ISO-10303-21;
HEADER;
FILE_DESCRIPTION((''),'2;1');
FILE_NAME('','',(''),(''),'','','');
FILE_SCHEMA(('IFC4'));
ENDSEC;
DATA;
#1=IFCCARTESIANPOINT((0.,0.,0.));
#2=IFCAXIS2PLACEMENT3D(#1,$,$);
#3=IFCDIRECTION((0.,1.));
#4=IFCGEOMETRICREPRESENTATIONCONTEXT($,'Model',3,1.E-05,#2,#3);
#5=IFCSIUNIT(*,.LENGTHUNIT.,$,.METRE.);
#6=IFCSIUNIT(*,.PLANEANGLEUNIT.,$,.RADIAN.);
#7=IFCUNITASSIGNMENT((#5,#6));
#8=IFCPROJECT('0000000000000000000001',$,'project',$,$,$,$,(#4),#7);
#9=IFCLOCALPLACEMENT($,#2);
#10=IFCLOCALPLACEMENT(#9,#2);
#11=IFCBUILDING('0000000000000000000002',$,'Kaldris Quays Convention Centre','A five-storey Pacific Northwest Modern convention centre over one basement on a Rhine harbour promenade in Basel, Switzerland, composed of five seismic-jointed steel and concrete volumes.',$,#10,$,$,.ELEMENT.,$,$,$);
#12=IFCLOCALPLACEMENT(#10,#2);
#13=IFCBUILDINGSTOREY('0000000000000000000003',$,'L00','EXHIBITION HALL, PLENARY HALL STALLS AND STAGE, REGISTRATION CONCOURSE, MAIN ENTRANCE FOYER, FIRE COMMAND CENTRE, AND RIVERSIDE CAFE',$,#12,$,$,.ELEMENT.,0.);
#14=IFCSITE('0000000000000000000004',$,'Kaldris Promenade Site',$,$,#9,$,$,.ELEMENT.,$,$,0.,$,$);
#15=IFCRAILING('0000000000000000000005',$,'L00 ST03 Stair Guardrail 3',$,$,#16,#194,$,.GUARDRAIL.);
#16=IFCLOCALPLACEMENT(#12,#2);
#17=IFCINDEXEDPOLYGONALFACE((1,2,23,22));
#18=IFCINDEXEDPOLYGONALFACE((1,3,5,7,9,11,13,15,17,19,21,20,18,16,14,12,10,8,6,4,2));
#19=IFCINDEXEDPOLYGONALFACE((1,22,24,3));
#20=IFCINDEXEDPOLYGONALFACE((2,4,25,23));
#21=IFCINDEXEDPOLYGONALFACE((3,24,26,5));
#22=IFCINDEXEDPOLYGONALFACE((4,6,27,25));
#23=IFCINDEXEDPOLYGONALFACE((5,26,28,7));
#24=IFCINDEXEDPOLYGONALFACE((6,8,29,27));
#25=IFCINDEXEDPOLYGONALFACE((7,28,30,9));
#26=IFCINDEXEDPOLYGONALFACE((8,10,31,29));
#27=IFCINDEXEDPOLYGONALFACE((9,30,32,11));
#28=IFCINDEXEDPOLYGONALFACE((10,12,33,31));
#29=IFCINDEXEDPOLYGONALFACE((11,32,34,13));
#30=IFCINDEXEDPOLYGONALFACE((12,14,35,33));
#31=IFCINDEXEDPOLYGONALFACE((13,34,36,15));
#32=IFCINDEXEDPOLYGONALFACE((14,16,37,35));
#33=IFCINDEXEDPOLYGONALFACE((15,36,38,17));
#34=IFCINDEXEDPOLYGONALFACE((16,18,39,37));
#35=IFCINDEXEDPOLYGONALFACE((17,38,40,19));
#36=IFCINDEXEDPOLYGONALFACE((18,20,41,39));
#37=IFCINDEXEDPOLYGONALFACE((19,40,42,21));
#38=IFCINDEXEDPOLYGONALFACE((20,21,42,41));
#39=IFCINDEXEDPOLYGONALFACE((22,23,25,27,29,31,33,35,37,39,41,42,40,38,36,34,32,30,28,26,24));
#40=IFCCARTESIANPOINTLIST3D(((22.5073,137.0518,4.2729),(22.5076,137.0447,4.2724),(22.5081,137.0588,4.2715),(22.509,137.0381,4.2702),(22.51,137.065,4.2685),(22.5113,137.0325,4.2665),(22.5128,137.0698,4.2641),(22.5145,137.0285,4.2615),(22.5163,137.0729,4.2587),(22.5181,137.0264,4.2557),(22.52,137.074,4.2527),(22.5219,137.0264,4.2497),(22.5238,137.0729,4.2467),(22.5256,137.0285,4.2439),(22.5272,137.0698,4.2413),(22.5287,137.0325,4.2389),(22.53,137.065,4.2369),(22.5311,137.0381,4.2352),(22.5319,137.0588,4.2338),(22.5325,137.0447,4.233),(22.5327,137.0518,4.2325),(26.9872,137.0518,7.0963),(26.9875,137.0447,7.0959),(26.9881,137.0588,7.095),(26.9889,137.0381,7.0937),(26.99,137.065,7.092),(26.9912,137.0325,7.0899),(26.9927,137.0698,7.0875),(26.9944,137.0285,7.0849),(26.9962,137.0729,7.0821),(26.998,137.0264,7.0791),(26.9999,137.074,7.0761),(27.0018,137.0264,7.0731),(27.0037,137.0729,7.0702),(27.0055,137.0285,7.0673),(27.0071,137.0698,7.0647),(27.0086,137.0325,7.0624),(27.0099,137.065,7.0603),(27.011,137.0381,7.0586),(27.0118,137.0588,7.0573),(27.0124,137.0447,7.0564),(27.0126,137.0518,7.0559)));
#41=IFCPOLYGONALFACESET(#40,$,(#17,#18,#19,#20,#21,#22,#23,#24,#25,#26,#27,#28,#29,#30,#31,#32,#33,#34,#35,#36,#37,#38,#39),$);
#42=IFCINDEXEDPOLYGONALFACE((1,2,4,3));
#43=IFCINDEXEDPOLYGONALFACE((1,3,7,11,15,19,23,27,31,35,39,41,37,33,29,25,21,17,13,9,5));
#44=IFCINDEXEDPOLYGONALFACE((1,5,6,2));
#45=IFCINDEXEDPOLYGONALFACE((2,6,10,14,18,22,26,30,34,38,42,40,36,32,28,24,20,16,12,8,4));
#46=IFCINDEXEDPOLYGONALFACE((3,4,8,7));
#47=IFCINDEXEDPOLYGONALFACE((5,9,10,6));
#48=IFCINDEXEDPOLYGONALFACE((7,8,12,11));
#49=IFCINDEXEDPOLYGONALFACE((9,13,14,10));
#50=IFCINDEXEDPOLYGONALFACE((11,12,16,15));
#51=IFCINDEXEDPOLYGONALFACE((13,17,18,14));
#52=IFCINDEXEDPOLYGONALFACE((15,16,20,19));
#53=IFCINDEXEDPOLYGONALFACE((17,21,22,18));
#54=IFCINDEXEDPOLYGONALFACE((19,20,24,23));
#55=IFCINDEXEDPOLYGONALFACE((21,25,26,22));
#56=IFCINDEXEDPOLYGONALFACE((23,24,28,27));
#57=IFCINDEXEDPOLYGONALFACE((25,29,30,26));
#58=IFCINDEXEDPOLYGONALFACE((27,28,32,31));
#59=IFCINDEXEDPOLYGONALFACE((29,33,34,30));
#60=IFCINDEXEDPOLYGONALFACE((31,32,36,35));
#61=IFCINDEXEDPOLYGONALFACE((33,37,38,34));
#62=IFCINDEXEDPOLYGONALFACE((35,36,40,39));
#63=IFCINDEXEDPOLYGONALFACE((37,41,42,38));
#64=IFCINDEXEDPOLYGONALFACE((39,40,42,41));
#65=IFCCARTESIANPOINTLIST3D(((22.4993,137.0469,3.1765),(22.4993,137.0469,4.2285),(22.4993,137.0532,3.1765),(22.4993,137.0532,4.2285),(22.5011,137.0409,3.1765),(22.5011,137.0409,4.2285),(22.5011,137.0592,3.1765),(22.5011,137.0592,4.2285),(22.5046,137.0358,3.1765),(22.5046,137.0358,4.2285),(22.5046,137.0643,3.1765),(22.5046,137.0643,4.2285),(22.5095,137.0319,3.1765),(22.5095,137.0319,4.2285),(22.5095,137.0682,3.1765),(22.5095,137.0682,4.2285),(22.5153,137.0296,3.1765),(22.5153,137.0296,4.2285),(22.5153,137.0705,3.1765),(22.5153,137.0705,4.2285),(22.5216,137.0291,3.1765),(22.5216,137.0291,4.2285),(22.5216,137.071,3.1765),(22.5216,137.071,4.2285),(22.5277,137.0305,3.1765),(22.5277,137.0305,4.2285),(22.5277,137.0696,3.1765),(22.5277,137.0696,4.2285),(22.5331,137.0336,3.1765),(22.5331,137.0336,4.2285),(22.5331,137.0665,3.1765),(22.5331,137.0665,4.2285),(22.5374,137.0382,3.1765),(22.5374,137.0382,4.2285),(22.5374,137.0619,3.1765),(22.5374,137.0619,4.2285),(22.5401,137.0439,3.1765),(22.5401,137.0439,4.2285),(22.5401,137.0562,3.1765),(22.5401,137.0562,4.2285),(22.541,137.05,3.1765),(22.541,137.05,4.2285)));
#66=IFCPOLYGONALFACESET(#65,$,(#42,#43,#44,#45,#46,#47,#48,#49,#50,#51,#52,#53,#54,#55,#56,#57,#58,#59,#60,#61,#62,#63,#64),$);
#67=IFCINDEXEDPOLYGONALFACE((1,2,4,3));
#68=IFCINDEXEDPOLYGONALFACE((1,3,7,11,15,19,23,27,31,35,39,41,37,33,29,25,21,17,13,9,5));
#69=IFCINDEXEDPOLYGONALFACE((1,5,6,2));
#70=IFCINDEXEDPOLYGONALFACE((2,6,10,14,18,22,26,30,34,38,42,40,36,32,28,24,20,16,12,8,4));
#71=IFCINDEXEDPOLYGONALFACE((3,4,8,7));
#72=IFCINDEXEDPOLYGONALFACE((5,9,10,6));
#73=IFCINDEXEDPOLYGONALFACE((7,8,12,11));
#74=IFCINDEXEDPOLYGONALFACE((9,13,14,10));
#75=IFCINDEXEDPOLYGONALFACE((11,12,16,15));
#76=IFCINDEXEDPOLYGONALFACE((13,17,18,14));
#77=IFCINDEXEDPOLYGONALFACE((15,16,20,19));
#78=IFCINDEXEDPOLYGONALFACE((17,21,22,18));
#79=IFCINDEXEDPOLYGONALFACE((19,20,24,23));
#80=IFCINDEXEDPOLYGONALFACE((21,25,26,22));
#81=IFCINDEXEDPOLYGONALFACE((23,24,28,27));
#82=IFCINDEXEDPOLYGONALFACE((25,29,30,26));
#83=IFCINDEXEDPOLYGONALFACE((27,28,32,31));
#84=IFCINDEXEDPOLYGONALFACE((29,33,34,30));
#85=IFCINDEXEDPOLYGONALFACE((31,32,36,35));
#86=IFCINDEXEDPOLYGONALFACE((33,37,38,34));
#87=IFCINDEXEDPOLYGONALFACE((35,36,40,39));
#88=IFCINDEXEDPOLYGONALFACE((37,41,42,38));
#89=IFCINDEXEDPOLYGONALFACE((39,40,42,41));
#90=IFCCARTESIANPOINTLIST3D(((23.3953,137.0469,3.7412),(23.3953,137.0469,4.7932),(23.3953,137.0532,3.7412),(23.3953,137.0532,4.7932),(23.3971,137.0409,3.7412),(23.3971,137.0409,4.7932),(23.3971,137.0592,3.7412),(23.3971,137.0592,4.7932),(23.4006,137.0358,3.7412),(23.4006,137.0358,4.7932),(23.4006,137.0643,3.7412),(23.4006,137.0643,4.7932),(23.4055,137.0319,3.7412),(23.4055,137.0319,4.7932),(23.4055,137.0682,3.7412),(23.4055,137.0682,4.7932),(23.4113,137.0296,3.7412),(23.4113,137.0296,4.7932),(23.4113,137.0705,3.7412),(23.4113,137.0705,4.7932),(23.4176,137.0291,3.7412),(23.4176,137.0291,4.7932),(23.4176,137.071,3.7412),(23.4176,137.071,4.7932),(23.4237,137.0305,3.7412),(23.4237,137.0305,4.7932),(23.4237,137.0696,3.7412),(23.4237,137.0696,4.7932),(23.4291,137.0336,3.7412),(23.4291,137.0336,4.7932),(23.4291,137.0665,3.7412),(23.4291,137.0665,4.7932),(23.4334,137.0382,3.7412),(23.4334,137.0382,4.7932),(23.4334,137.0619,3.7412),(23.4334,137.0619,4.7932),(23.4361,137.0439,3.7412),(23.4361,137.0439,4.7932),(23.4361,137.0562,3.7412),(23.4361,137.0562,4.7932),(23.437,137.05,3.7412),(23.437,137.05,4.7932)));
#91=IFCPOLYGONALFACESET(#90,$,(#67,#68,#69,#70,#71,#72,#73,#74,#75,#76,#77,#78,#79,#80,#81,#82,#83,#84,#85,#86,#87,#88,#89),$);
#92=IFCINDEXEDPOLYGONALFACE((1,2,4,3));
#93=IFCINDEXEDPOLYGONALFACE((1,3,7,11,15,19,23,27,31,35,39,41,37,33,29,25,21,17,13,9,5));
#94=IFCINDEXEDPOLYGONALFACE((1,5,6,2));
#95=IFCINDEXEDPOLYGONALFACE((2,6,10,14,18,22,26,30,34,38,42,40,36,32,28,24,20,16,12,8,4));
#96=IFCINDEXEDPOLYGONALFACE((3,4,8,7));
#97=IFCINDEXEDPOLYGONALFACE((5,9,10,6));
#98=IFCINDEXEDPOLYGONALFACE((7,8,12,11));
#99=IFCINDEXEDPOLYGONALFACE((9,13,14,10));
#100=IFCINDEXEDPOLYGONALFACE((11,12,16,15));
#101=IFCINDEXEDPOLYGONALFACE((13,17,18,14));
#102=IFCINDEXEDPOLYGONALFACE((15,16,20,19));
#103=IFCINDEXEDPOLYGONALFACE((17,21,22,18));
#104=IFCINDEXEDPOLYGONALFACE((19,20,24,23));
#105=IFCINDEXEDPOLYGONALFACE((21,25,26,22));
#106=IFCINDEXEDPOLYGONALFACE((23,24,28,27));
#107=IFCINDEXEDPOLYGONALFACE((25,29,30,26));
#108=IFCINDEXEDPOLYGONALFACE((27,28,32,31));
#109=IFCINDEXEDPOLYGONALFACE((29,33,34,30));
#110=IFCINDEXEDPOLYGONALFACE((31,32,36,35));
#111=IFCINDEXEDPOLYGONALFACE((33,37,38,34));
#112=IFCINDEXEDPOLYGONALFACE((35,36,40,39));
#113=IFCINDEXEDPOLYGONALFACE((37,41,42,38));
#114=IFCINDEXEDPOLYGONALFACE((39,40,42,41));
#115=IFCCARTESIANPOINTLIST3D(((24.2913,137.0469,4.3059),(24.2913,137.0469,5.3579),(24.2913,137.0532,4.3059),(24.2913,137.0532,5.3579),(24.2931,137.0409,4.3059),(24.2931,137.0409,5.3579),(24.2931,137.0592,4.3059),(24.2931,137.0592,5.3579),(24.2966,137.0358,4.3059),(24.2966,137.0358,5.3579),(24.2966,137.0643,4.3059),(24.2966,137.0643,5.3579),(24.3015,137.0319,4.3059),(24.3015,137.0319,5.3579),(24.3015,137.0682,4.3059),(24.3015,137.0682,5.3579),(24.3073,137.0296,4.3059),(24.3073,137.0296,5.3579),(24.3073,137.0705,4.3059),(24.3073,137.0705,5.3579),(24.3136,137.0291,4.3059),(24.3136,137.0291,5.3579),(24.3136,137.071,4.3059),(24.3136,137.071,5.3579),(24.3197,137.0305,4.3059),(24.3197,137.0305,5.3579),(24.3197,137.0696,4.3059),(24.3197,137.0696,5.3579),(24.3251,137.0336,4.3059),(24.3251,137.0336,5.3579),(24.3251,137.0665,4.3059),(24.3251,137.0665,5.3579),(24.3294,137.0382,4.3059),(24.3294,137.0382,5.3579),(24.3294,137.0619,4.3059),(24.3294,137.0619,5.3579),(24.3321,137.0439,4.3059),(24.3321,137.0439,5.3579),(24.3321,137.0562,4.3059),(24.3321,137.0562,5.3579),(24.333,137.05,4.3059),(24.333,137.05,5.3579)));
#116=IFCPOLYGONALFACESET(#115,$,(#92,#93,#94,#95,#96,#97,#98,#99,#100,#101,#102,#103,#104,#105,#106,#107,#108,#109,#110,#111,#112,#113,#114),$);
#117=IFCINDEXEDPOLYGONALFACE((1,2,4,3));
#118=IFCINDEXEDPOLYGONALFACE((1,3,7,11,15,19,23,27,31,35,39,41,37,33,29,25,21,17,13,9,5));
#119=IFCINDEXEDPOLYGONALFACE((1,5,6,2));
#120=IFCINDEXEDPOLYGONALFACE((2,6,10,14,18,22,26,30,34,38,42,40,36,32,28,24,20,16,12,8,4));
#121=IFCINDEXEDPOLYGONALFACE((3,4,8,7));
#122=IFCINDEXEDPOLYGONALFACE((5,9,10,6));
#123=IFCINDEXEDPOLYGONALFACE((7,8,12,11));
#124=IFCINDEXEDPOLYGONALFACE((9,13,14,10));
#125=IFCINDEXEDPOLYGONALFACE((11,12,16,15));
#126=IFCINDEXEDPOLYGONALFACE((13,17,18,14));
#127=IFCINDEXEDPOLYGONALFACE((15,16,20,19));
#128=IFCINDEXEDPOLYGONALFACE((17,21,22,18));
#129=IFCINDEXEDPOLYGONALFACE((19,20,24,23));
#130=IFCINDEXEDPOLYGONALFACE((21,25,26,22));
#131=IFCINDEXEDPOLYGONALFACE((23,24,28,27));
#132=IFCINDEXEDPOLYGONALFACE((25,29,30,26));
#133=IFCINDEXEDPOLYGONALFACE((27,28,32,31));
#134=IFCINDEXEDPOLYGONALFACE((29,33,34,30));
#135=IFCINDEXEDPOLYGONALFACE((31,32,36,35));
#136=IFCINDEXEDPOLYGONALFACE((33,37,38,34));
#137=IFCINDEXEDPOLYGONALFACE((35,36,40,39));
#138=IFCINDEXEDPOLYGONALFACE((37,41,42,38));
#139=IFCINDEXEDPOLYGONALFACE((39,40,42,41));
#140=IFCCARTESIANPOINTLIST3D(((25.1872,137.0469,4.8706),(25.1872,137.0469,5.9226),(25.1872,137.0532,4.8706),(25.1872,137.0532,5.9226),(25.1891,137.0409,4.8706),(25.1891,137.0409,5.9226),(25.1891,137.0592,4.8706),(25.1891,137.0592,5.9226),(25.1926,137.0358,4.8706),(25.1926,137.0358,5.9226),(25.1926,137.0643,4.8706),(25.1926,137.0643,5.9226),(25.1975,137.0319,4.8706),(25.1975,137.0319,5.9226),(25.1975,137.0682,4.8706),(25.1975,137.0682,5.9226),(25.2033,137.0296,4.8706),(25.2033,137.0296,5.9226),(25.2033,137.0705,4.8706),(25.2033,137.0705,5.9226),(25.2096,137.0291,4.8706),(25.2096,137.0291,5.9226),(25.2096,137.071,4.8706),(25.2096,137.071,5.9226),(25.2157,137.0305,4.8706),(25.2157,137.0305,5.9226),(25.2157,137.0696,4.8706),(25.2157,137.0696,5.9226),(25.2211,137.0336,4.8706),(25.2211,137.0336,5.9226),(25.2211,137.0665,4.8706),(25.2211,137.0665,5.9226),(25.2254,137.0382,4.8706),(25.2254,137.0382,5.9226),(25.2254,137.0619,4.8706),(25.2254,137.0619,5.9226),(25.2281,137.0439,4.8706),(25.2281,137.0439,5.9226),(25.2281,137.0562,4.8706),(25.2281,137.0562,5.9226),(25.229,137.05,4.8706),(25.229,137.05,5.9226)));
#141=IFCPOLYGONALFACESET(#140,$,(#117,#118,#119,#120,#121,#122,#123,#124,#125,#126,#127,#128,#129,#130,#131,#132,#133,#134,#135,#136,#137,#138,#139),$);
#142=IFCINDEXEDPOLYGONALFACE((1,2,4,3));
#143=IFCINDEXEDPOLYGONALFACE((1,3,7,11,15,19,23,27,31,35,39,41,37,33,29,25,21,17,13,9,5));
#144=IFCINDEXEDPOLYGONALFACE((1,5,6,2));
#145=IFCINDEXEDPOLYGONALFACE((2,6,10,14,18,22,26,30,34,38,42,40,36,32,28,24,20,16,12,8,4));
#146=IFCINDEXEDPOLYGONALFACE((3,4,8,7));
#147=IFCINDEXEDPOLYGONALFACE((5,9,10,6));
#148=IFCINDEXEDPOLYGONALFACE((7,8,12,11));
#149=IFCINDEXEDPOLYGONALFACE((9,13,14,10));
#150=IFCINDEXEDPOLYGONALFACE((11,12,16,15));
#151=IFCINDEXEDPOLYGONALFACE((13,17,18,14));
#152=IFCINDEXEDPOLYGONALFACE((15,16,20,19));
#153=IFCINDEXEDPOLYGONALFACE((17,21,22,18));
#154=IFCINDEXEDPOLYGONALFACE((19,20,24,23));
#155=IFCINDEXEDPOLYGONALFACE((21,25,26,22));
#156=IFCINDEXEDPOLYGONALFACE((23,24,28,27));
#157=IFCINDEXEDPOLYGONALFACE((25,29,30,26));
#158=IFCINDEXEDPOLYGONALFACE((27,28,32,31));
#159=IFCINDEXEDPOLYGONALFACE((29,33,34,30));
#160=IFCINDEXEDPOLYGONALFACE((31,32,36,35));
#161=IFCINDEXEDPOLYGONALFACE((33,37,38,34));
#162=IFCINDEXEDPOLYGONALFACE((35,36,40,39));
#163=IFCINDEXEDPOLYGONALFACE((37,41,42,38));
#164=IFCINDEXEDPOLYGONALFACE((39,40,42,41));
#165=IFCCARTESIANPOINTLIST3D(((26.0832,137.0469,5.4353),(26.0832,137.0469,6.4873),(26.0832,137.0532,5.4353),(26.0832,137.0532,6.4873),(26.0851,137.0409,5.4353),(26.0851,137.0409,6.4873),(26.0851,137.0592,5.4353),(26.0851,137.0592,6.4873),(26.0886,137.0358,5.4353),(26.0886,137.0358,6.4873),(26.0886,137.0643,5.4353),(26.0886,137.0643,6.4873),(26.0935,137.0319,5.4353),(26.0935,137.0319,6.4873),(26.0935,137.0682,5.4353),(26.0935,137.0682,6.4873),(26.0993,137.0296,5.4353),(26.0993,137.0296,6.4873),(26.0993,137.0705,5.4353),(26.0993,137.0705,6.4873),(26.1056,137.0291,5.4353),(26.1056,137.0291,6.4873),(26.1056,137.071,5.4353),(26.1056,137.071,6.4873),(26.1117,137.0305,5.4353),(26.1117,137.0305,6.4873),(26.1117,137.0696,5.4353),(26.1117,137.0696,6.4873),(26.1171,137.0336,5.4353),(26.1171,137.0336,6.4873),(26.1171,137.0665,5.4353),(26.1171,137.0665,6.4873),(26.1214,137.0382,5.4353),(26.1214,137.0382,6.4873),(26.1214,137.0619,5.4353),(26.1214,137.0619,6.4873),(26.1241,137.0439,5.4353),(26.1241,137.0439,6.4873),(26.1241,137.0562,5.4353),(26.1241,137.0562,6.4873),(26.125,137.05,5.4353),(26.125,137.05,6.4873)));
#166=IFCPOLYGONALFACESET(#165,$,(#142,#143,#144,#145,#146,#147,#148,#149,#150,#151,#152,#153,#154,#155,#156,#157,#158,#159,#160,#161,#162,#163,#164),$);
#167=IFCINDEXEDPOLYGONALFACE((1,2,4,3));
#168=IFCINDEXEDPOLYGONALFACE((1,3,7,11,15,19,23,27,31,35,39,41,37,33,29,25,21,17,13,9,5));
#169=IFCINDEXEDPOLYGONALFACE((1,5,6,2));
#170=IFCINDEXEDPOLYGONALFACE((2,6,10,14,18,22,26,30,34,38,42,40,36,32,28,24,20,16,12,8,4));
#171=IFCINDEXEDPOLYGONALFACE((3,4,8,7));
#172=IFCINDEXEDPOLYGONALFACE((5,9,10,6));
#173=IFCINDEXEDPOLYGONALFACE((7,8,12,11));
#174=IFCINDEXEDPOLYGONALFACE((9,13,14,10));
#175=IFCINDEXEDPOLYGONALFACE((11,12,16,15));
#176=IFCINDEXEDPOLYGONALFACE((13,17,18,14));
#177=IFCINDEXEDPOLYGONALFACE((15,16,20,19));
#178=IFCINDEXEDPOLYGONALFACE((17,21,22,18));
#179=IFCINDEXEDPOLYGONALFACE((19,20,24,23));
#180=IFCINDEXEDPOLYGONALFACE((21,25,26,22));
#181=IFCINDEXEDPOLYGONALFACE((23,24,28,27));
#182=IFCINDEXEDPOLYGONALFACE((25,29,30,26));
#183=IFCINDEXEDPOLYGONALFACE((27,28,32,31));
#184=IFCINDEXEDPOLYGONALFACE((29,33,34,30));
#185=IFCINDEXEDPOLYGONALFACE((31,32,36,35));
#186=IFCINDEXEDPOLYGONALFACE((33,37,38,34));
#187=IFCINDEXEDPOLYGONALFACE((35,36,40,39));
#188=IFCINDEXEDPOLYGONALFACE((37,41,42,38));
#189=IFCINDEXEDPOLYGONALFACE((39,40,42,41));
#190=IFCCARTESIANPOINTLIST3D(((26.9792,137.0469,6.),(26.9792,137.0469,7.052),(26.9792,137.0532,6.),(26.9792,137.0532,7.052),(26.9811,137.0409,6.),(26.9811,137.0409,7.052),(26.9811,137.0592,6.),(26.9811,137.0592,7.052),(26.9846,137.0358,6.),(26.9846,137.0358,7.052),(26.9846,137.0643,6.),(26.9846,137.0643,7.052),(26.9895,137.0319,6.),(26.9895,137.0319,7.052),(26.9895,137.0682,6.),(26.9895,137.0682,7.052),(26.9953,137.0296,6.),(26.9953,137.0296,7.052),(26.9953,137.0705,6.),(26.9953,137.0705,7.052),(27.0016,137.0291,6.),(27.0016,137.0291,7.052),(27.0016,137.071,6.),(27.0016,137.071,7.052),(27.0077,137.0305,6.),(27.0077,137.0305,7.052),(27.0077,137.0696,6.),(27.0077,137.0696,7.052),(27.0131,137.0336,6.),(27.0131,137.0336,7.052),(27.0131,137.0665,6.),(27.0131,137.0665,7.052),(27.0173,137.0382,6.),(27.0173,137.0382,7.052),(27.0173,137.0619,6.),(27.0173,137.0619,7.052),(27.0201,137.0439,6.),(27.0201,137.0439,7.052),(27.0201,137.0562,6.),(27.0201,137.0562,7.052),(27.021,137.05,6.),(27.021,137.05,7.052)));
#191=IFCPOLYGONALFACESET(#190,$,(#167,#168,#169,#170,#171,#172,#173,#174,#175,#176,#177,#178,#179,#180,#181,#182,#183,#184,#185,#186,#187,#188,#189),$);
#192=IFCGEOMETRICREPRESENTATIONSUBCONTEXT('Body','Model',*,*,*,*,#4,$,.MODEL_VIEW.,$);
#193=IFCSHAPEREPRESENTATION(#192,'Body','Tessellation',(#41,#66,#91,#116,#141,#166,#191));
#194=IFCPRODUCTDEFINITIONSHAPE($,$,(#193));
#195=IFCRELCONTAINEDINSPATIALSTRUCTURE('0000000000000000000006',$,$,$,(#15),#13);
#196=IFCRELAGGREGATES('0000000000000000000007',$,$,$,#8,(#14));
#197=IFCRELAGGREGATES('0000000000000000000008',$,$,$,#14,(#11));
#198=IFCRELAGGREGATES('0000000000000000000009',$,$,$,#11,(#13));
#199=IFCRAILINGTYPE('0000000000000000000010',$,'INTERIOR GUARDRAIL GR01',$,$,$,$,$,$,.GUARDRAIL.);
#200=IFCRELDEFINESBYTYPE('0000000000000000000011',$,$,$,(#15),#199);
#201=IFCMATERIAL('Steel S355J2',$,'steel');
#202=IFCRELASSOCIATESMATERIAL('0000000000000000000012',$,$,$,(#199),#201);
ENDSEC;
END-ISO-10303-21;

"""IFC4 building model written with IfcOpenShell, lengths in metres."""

from ifc_helpers import new_model, si_unit, direction, frame, origin, origin_2d, place, context, subcontext, project, spatial, circle, extrude, material, type_object, element, save


model = new_model("IFC4")

# Units and contexts
model_context = context("Model", 3, precision=1e-05, world=origin(), true_north=direction((0.0, 1.0)))
body_context = subcontext(model_context, "Body", "Model", "MODEL_VIEW")
ifc_project = project(units=[si_unit("LENGTHUNIT", "METRE"), si_unit("PLANEANGLEUNIT", "RADIAN")], contexts=[model_context])

# Site, building, storey
site_placement = place(None, origin())
site = spatial("IfcSite", under=ifc_project, at=site_placement, Name="Kaldris Promenade Site", CompositionType="ELEMENT", RefElevation=0.0)
building_placement = place(site_placement, origin())
building = spatial("IfcBuilding", under=site, at=building_placement, Name="Kaldris Quays Convention Centre", Description="A five-storey Pacific Northwest Modern convention centre over one basement on a Rhine harbour promenade in Basel, Switzerland, composed of five seismic-jointed steel and concrete volumes.", CompositionType="ELEMENT")
storey_placement = place(building_placement, origin())
storey = spatial("IfcBuildingStorey", under=building, at=storey_placement, Name="L00", Description="EXHIBITION HALL, PLENARY HALL STALLS AND STAGE, REGISTRATION CONCOURSE, MAIN ENTRANCE FOYER, FIRE COMMAND CENTRE, AND RIVERSIDE CAFE", CompositionType="ELEMENT", Elevation=0.0)

# Shared definitions
ifc_material_1 = material(Name="Steel S355J2", Category="steel")

# Railing
railing_type_1 = type_object("IfcRailingType", Name="INTERIOR GUARDRAIL GR01", PredefinedType="GUARDRAIL", material=ifc_material_1)
railing_1_placement = place(storey_placement, frame((22.52, 137.05, 3.1765)))
element("IfcRailing", 1, at=railing_1_placement, inside=storey, type_object=railing_type_1, Name="L00 ST03 Stair Guardrail 3", PredefinedType="GUARDRAIL", context=body_context, shape_type="SweptSolid", body=[
    extrude(circle(Radius=0.0239, at=origin_2d()), frame((0.0, 0.0, 1.0762), z_axis=(0.845998, 0.0, 0.533186), x_axis=(0.0, 1.0, 0.0)), (0.0, 0.0, 1.0), 5.2954),
    extrude(circle(Radius=0.021, at=origin_2d()), origin(), (0.0, 0.0, 1.0), 1.052),
    extrude(circle(Radius=0.021, at=origin_2d()), frame((0.896, 0.0, 0.5647)), (0.0, 0.0, 1.0), 1.052),
    extrude(circle(Radius=0.021, at=origin_2d()), frame((1.792, 0.0, 1.1294)), (0.0, 0.0, 1.0), 1.052),
    extrude(circle(Radius=0.021, at=origin_2d()), frame((2.688, 0.0, 1.6941)), (0.0, 0.0, 1.0), 1.052),
    extrude(circle(Radius=0.021, at=origin_2d()), frame((3.584, 0.0, 2.2588)), (0.0, 0.0, 1.0), 1.052),
    extrude(circle(Radius=0.021, at=origin_2d()), frame((4.48, 0.0, 2.8235)), (0.0, 0.0, 1.0), 1.052),
])

save(model, "model.ifc")
